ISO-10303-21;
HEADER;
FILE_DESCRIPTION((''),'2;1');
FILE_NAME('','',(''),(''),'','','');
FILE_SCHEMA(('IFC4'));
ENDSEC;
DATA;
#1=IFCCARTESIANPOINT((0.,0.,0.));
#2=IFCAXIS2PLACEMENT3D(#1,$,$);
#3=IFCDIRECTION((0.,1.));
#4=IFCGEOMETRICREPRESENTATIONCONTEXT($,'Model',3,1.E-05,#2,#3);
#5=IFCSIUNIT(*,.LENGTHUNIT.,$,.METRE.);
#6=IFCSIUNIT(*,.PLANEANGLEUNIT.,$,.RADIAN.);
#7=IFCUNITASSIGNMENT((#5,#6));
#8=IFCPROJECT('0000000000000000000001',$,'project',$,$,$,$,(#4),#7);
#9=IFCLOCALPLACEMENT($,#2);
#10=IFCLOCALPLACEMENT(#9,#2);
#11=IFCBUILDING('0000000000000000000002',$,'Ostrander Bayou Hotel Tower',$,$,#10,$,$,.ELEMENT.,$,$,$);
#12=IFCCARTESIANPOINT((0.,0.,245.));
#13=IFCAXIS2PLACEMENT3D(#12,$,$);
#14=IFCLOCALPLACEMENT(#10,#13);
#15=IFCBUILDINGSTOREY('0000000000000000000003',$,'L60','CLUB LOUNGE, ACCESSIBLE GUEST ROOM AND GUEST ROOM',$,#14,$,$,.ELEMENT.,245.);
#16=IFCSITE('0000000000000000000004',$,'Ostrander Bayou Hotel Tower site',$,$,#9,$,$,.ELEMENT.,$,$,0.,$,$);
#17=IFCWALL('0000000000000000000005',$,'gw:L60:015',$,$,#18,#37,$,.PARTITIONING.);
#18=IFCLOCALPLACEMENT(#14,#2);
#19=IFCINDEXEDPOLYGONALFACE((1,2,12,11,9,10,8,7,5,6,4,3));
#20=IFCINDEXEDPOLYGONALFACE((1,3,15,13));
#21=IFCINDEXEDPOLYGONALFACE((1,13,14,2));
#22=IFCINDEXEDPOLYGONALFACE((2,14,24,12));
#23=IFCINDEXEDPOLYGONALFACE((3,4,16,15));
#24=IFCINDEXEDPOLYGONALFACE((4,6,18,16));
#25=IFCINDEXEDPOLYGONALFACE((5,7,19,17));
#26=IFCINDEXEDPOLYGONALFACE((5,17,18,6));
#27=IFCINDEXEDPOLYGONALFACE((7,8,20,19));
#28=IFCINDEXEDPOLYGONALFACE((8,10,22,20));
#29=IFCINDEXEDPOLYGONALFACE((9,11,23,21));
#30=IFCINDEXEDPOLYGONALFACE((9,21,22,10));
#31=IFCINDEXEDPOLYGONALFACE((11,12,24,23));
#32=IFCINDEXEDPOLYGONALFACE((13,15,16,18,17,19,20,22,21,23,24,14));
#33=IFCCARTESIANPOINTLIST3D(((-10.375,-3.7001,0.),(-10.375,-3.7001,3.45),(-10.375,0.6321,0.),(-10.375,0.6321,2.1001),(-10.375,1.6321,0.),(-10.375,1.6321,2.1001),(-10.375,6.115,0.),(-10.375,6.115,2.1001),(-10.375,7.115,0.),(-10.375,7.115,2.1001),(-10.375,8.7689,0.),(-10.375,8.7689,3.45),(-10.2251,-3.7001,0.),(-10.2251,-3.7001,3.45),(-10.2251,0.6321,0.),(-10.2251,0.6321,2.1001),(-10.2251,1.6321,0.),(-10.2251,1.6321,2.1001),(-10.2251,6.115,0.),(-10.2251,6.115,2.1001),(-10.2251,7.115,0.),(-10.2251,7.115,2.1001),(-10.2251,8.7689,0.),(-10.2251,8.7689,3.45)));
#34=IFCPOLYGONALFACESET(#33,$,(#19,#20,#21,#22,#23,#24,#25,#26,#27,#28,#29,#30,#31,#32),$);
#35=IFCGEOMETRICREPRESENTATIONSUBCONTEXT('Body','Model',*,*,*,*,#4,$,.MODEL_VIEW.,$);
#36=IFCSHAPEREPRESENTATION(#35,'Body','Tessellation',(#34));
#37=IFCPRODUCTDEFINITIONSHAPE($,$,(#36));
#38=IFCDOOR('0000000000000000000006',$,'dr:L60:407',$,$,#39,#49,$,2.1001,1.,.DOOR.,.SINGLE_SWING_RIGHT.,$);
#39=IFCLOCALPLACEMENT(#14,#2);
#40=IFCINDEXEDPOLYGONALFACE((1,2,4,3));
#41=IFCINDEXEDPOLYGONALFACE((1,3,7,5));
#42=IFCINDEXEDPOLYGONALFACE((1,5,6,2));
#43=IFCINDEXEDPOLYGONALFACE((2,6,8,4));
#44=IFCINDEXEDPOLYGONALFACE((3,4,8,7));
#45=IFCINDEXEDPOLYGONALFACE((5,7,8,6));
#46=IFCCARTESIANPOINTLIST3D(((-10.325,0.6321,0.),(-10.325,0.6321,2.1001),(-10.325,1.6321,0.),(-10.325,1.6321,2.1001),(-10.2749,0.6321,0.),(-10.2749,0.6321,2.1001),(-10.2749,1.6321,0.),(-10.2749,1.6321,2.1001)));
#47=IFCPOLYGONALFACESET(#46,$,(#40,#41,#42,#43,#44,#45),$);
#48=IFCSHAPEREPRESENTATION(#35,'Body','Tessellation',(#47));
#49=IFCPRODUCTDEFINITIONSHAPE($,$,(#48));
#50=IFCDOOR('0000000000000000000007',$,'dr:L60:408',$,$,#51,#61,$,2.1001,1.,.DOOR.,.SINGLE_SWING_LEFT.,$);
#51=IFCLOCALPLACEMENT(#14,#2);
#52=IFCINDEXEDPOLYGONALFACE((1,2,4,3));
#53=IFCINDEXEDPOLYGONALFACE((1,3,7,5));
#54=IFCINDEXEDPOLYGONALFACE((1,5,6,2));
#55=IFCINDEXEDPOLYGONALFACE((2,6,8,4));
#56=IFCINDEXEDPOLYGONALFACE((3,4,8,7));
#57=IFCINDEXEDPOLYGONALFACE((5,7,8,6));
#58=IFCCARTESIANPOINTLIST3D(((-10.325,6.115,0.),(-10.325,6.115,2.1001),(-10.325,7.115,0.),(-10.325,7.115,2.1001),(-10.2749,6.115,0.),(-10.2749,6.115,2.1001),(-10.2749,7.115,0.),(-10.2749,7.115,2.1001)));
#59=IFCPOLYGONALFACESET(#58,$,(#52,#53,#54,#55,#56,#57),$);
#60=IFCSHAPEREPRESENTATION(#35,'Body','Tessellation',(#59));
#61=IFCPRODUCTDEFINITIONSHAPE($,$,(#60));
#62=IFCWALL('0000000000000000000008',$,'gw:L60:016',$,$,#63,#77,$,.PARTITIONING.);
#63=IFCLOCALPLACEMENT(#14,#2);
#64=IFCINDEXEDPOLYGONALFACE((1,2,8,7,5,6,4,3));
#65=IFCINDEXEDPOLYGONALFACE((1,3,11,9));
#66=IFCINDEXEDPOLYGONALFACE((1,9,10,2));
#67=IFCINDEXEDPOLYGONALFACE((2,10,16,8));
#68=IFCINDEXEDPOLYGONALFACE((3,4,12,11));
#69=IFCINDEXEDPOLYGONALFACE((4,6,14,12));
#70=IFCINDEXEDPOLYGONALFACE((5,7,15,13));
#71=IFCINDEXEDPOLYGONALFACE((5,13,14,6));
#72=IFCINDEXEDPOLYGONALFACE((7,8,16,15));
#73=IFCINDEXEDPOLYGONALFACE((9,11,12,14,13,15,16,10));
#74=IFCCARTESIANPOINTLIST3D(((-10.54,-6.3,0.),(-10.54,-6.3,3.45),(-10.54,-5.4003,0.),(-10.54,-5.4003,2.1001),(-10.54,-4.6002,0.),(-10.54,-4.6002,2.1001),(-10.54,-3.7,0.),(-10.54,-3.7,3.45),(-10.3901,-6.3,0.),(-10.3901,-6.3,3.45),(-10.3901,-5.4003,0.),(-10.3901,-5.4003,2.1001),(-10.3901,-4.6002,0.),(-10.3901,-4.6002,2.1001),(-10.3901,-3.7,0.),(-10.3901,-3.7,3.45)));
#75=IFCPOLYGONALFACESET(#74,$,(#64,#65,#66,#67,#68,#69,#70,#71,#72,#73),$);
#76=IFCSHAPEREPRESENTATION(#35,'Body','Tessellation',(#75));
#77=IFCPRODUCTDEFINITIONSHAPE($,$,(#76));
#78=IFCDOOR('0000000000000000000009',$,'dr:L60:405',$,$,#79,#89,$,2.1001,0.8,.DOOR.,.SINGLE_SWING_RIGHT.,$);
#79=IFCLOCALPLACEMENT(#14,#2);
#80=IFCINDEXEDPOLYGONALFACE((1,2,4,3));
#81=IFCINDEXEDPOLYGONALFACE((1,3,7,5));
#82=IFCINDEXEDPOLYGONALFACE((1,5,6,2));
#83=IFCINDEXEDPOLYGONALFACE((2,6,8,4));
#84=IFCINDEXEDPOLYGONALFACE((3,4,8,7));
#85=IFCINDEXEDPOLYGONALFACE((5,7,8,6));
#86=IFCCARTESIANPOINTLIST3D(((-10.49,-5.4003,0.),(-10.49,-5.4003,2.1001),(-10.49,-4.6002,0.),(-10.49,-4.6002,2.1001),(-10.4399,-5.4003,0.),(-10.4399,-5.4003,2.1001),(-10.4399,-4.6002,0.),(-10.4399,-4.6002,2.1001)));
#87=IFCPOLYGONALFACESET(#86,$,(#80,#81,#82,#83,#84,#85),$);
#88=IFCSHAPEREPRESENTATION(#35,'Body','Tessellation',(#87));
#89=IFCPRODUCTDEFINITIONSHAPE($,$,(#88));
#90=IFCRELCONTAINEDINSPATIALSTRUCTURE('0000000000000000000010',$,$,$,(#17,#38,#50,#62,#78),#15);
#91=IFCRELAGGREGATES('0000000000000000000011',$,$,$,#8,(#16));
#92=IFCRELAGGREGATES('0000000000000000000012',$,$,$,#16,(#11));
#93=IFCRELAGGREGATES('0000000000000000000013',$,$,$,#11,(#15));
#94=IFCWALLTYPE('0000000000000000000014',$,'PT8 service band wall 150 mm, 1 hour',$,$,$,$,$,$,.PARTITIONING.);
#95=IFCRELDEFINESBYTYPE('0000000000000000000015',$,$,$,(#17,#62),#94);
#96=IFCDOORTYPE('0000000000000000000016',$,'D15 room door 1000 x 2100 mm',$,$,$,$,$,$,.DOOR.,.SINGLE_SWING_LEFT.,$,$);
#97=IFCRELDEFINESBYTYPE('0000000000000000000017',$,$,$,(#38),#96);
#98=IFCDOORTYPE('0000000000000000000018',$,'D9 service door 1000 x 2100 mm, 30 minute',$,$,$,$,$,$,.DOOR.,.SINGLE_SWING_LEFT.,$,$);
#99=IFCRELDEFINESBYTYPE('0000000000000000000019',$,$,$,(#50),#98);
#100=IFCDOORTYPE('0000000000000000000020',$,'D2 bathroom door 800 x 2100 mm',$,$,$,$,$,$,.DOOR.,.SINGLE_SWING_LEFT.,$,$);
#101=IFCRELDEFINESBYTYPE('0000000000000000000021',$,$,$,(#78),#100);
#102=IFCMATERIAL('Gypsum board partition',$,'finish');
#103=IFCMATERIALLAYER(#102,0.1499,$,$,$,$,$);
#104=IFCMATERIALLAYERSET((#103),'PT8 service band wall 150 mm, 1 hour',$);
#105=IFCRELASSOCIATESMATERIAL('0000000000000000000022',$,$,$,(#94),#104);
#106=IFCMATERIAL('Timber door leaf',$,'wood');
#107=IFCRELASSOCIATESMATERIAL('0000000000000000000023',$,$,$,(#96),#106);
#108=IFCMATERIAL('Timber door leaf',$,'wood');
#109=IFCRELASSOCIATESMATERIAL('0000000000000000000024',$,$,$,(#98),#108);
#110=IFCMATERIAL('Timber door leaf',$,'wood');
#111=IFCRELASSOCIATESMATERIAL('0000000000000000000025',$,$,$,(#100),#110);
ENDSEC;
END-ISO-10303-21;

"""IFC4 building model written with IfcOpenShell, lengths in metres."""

from ifc_helpers import new_model, si_unit, direction, frame, frame_2d, origin, place, context, subcontext, project, spatial, rectangle, extrude, material, layer, layer_set, type_object, element, fill, save


model = new_model("IFC4")

# Units and contexts
model_context = context("Model", 3, precision=1e-05, world=origin(), true_north=direction((0.0, 1.0)))
body_context = subcontext(model_context, "Body", "Model", "MODEL_VIEW")
ifc_project = project(units=[si_unit("LENGTHUNIT", "METRE"), si_unit("PLANEANGLEUNIT", "RADIAN")], contexts=[model_context])

# Site, building, storey
site_placement = place(None, origin())
site = spatial("IfcSite", under=ifc_project, at=site_placement, Name="Ostrander Bayou Hotel Tower site", CompositionType="ELEMENT", RefElevation=0.0)
building_placement = place(site_placement, origin())
building = spatial("IfcBuilding", under=site, at=building_placement, Name="Ostrander Bayou Hotel Tower", CompositionType="ELEMENT")
storey_placement = place(building_placement, frame((0.0, 0.0, 245.0)))
storey = spatial("IfcBuildingStorey", under=building, at=storey_placement, Name="L60", Description="CLUB LOUNGE, ACCESSIBLE GUEST ROOM AND GUEST ROOM", CompositionType="ELEMENT", Elevation=245.0)

# Shared definitions
ifc_material_1 = material(Name="Gypsum board partition", Category="finish")
ifc_layer_1 = layer(ifc_material_1, 0.1499)
ifc_layer_set_1 = layer_set([ifc_layer_1], Name="PT8 service band wall 150 mm, 1 hour")
wall_type_1 = type_object("IfcWallType", Name="PT8 service band wall 150 mm, 1 hour", PredefinedType="PARTITIONING", material=ifc_layer_set_1)

# Wall, openings, doors
wall_1_placement = place(storey_placement, frame((-10.3, -3.7, 0.0), z_axis=(0.0, 0.0, 1.0), x_axis=(0.0, 1.0, 0.0)))
wall_1 = element("IfcWall", 1, at=wall_1_placement, inside=storey, type_object=wall_type_1, Name="gw:L60:015", PredefinedType="PARTITIONING", context=body_context, shape_type="SweptSolid", body=[
    extrude(rectangle(XDim=12.469, YDim=0.1499, at=frame_2d((6.2344, 0.0))), origin(), (0.0, 0.0, 1.0), 3.45),
])
opening_1_placement = place(wall_1_placement, frame((4.332, 0.0, 0.0)))
opening_1 = element("IfcOpeningElement", 2, at=opening_1_placement, cuts=wall_1, PredefinedType="OPENING", context=body_context, shape_type="SweptSolid", body=[
    extrude(rectangle(XDim=1.0, YDim=2.1001, at=frame_2d((0.5, 1.05))), frame((0.0, 0.075, 0.0), z_axis=(0.0, -1.0, 0.0), x_axis=(1.0, 0.0, 0.0)), (0.0, 0.0, 1.0), 0.1499),
])
opening_2_placement = place(wall_1_placement, frame((9.8149, 0.0, 0.0)))
opening_2 = element("IfcOpeningElement", 3, at=opening_2_placement, cuts=wall_1, PredefinedType="OPENING", context=body_context, shape_type="SweptSolid", body=[
    extrude(rectangle(XDim=1.0, YDim=2.1001, at=frame_2d((0.5, 1.05))), frame((0.0, 0.075, 0.0), z_axis=(0.0, -1.0, 0.0), x_axis=(1.0, 0.0, 0.0)), (0.0, 0.0, 1.0), 0.1499),
])
ifc_material_2 = material(Name="Timber door leaf", Category="wood")
door_type_1 = type_object("IfcDoorType", Name="D15 room door 1000 x 2100 mm", OperationType="SINGLE_SWING_LEFT", PredefinedType="DOOR", material=ifc_material_2)
door_1_placement = place(opening_1_placement, origin())
door_1 = element("IfcDoor", 4, at=door_1_placement, inside=storey, type_object=door_type_1, Name="dr:L60:407", OperationType="SINGLE_SWING_RIGHT", OverallHeight=2.1001, OverallWidth=1.0, PredefinedType="DOOR", context=body_context, shape_type="SweptSolid", body=[
    extrude(rectangle(XDim=1.0, YDim=2.1001, at=frame_2d((0.5, 1.05))), frame((0.0, 0.0249, 0.0), z_axis=(0.0, -1.0, 0.0), x_axis=(1.0, 0.0, 0.0)), (0.0, 0.0, 1.0), 0.05),
])
fill(opening_1, door_1)
ifc_material_3 = material(Name="Timber door leaf", Category="wood")
door_type_2 = type_object("IfcDoorType", Name="D9 service door 1000 x 2100 mm, 30 minute", OperationType="SINGLE_SWING_LEFT", PredefinedType="DOOR", material=ifc_material_3)
door_2_placement = place(opening_2_placement, origin())
door_2 = element("IfcDoor", 5, at=door_2_placement, inside=storey, type_object=door_type_2, Name="dr:L60:408", OperationType="SINGLE_SWING_LEFT", OverallHeight=2.1001, OverallWidth=1.0, PredefinedType="DOOR", context=body_context, shape_type="SweptSolid", body=[
    extrude(rectangle(XDim=1.0, YDim=2.1001, at=frame_2d((0.5, 1.05))), frame((0.0, 0.0249, 0.0), z_axis=(0.0, -1.0, 0.0), x_axis=(1.0, 0.0, 0.0)), (0.0, 0.0, 1.0), 0.05),
])
fill(opening_2, door_2)

# Wall, opening, door
wall_2_placement = place(storey_placement, frame((-10.4651, -6.3, 0.0), z_axis=(0.0, 0.0, 1.0), x_axis=(0.0, 1.0, 0.0)))
wall_2 = element("IfcWall", 6, at=wall_2_placement, inside=storey, type_object=wall_type_1, Name="gw:L60:016", PredefinedType="PARTITIONING", context=body_context, shape_type="SweptSolid", body=[
    extrude(rectangle(XDim=2.6001, YDim=0.1499, at=frame_2d((1.3, 0.0))), origin(), (0.0, 0.0, 1.0), 3.45),
])
opening_3_placement = place(wall_2_placement, frame((0.8999, 0.0, 0.0)))
opening_3 = element("IfcOpeningElement", 7, at=opening_3_placement, cuts=wall_2, PredefinedType="OPENING", context=body_context, shape_type="SweptSolid", body=[
    extrude(rectangle(XDim=0.8, YDim=2.1001, at=frame_2d((0.3999, 1.05))), frame((0.0, 0.075, 0.0), z_axis=(0.0, -1.0, 0.0), x_axis=(1.0, 0.0, 0.0)), (0.0, 0.0, 1.0), 0.1499),
])
ifc_material_4 = material(Name="Timber door leaf", Category="wood")
door_type_3 = type_object("IfcDoorType", Name="D2 bathroom door 800 x 2100 mm", OperationType="SINGLE_SWING_LEFT", PredefinedType="DOOR", material=ifc_material_4)
door_3_placement = place(opening_3_placement, origin())
door_3 = element("IfcDoor", 8, at=door_3_placement, inside=storey, type_object=door_type_3, Name="dr:L60:405", OperationType="SINGLE_SWING_RIGHT", OverallHeight=2.1001, OverallWidth=0.8, PredefinedType="DOOR", context=body_context, shape_type="SweptSolid", body=[
    extrude(rectangle(XDim=0.8, YDim=2.1001, at=frame_2d((0.3999, 1.05))), frame((0.0, 0.0249, 0.0), z_axis=(0.0, -1.0, 0.0), x_axis=(1.0, 0.0, 0.0)), (0.0, 0.0, 1.0), 0.05),
])
fill(opening_3, door_3)

save(model, "model.ifc")
